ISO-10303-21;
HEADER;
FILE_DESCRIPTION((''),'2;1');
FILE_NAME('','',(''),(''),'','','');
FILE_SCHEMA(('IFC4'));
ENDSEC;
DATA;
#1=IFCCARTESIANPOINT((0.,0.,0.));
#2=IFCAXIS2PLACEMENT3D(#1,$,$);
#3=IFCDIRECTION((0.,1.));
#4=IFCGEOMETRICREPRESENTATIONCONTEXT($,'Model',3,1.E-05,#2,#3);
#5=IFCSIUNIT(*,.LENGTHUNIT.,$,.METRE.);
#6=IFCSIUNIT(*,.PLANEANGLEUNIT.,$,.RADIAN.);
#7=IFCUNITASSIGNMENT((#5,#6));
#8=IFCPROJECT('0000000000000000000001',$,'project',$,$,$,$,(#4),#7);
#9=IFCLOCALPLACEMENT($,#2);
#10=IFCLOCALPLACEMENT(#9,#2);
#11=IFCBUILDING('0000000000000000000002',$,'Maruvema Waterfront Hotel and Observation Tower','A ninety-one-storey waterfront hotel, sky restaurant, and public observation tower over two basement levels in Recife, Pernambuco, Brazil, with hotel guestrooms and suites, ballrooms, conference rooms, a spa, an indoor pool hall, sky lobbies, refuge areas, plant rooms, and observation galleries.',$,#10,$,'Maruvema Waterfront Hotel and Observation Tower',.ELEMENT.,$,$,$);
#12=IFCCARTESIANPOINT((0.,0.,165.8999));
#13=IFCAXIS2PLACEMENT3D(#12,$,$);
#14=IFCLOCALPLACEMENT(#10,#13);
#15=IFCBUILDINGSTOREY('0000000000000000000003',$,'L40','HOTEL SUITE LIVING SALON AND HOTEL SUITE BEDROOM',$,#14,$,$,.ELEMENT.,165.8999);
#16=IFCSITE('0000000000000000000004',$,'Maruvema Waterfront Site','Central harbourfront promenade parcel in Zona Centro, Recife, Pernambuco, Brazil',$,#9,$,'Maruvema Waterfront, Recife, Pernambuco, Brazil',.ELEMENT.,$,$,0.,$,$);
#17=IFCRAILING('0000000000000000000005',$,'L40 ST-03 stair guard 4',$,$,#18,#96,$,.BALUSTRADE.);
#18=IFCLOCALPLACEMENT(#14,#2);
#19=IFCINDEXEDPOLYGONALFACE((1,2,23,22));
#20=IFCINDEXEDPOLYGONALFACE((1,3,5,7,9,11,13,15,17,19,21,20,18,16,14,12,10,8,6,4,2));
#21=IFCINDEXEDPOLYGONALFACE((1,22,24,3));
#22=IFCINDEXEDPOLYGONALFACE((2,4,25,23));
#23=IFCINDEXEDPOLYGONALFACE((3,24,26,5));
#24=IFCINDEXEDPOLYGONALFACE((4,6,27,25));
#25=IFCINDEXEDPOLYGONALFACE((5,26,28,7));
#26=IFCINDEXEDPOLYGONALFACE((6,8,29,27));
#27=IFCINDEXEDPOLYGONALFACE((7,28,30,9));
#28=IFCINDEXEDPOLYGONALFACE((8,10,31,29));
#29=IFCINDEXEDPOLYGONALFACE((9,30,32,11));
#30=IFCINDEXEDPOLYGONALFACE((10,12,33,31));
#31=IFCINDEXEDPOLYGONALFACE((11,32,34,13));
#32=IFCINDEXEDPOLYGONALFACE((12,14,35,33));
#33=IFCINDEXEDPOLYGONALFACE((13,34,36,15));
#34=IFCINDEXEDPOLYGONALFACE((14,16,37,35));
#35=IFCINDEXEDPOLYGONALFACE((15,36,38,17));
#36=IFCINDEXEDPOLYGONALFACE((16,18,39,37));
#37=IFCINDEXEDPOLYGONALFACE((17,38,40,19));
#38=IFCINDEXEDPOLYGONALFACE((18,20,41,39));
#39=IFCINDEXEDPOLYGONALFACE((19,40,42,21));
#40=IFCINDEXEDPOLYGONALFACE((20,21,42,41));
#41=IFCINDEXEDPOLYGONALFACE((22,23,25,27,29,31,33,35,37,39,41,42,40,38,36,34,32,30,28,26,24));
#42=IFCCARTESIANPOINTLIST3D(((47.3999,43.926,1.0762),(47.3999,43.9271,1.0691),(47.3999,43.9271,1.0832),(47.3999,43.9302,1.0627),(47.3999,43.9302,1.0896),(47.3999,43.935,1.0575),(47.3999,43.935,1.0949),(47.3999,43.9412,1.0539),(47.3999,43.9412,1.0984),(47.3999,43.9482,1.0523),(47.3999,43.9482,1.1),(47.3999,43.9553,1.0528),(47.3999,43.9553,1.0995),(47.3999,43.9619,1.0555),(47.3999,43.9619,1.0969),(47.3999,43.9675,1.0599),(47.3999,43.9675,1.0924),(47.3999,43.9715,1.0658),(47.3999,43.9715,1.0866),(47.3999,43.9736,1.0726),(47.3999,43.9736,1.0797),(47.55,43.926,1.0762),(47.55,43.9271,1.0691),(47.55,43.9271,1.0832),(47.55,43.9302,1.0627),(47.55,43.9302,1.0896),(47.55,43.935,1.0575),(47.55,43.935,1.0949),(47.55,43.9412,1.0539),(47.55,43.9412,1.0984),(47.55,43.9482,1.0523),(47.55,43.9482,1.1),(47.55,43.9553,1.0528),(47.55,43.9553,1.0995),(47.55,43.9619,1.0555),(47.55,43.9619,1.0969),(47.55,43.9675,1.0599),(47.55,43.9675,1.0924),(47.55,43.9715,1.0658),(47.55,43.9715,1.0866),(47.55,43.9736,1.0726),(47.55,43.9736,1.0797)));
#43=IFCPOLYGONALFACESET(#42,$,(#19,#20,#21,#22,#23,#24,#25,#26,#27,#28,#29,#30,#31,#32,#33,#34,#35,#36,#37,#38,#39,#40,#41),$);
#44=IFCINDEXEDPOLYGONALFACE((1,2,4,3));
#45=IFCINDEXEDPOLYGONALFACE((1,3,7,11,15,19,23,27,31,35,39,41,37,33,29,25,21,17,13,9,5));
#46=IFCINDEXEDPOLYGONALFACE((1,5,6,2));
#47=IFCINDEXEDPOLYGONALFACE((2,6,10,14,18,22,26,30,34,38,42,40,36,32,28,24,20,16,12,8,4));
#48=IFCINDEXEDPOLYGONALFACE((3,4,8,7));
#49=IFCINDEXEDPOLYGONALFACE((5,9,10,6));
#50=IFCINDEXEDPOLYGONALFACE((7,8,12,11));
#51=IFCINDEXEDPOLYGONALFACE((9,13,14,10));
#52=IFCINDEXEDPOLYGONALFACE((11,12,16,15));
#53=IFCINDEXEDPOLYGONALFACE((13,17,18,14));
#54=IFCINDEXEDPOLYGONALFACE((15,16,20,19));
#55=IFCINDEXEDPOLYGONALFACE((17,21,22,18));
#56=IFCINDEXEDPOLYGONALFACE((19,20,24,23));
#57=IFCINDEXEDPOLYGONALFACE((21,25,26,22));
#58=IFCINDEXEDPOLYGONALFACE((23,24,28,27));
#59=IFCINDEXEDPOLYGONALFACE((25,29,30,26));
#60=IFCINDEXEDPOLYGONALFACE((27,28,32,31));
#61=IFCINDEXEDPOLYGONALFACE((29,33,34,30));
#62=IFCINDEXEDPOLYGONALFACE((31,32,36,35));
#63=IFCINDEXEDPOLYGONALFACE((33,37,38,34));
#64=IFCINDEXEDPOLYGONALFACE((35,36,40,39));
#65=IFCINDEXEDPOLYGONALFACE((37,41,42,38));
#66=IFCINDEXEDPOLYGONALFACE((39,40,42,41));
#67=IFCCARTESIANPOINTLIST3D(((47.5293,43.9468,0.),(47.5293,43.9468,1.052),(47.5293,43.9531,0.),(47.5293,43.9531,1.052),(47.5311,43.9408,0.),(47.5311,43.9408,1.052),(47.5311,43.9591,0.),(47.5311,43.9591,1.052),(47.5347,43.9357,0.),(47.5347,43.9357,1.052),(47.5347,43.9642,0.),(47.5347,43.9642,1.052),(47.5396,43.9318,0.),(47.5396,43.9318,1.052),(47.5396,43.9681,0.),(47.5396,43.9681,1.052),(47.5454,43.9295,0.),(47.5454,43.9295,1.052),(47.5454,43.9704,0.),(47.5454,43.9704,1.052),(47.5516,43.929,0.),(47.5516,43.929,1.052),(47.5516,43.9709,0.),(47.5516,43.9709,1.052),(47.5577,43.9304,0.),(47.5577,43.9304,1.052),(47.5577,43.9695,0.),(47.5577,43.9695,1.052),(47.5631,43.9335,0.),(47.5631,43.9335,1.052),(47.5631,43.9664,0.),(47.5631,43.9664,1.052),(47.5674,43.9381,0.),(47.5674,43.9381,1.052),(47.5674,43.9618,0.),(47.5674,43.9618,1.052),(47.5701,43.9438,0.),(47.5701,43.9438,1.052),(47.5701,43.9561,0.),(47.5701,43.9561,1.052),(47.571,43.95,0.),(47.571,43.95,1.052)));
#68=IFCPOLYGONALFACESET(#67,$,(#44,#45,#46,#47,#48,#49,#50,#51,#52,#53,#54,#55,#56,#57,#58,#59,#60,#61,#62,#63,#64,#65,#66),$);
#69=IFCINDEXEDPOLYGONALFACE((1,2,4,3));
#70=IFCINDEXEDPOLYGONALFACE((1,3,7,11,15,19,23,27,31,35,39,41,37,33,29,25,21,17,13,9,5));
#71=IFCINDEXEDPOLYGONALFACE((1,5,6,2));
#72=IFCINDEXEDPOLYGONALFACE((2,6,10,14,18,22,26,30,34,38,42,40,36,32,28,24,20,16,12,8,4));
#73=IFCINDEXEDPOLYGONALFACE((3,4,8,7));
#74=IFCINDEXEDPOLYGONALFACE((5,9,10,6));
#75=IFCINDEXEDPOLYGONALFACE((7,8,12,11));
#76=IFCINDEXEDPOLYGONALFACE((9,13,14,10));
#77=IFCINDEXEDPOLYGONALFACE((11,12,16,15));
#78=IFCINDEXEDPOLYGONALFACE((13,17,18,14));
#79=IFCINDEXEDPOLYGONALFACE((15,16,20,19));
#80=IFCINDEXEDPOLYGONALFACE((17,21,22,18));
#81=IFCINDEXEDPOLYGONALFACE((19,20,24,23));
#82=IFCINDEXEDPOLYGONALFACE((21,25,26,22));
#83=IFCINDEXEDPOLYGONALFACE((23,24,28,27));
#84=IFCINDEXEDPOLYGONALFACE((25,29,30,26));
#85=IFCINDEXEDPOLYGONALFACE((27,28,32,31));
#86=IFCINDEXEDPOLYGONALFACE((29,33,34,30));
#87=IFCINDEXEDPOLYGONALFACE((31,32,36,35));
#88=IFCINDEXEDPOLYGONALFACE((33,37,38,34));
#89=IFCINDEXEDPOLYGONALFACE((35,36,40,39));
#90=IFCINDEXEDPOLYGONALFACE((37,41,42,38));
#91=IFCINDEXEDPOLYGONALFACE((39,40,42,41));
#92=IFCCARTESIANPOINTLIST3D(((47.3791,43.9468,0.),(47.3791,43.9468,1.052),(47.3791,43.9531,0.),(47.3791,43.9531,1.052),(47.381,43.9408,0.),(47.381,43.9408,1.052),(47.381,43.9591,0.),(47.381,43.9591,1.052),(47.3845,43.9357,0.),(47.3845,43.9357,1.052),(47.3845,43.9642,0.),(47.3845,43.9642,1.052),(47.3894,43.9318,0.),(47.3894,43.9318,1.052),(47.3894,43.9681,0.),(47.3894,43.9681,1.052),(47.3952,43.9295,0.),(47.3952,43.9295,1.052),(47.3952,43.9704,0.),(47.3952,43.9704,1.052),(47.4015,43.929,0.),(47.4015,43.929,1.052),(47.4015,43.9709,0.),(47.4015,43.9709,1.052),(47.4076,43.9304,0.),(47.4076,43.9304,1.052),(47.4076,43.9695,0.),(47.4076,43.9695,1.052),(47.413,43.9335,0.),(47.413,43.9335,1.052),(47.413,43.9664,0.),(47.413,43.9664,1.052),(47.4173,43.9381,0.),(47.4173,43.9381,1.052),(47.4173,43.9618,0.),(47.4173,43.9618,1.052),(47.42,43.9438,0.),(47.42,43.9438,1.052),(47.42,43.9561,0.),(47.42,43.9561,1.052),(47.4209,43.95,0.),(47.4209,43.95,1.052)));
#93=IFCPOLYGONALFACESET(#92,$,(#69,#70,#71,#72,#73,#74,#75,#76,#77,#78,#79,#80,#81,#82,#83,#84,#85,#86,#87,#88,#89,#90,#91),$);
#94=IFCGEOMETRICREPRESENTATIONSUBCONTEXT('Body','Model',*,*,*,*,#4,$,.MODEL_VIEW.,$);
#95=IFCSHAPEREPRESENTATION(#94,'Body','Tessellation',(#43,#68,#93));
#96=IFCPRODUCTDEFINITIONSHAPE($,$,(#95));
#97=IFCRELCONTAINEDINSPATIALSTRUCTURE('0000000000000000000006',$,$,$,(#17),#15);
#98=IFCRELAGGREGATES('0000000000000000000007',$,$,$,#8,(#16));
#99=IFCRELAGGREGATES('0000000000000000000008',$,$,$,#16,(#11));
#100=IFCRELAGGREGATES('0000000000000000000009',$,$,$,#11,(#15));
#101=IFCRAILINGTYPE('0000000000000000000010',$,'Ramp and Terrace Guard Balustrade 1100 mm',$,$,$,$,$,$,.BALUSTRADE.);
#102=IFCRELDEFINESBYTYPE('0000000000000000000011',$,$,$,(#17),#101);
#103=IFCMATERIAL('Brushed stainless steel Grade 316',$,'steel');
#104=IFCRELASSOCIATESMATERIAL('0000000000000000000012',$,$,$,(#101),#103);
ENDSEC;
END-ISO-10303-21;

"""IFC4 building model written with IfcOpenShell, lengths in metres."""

from ifc_helpers import new_model, si_unit, direction, frame, origin, origin_2d, place, context, subcontext, project, spatial, circle, extrude, material, type_object, element, save


model = new_model("IFC4")

# Units and contexts
model_context = context("Model", 3, precision=1e-05, world=origin(), true_north=direction((0.0, 1.0)))
body_context = subcontext(model_context, "Body", "Model", "MODEL_VIEW")
ifc_project = project(units=[si_unit("LENGTHUNIT", "METRE"), si_unit("PLANEANGLEUNIT", "RADIAN")], contexts=[model_context])

# Site, building, storey
site_placement = place(None, origin())
site = spatial("IfcSite", under=ifc_project, at=site_placement, Name="Maruvema Waterfront Site", Description="Central harbourfront promenade parcel in Zona Centro, Recife, Pernambuco, Brazil", LongName="Maruvema Waterfront, Recife, Pernambuco, Brazil", CompositionType="ELEMENT", RefElevation=0.0)
building_placement = place(site_placement, origin())
building = spatial("IfcBuilding", under=site, at=building_placement, Name="Maruvema Waterfront Hotel and Observation Tower", Description="A ninety-one-storey waterfront hotel, sky restaurant, and public observation tower over two basement levels in Recife, Pernambuco, Brazil, with hotel guestrooms and suites, ballrooms, conference rooms, a spa, an indoor pool hall, sky lobbies, refuge areas, plant rooms, and observation galleries.", LongName="Maruvema Waterfront Hotel and Observation Tower", CompositionType="ELEMENT")
storey_placement = place(building_placement, frame((0.0, 0.0, 165.8999)))
storey = spatial("IfcBuildingStorey", under=building, at=storey_placement, Name="L40", Description="HOTEL SUITE LIVING SALON AND HOTEL SUITE BEDROOM", CompositionType="ELEMENT", Elevation=165.8999)

# Railing
ifc_material_1 = material(Name="Brushed stainless steel Grade 316", Category="steel")
railing_type = type_object("IfcRailingType", Name="Ramp and Terrace Guard Balustrade 1100 mm", PredefinedType="BALUSTRADE", material=ifc_material_1)
railing_placement = place(storey_placement, frame((47.55, 43.95, 0.0)))
element("IfcRailing", 1, at=railing_placement, inside=storey, type_object=railing_type, Name="L40 ST-03 stair guard 4", PredefinedType="BALUSTRADE", context=body_context, shape_type="SweptSolid", body=[
    extrude(circle(Radius=0.0239, at=origin_2d()), frame((0.0, 0.0, 1.0762), z_axis=(-1.0, 0.0, 0.0), x_axis=(0.0, -1.0, 0.0)), (0.0, 0.0, 1.0), 0.1501),
    extrude(circle(Radius=0.021, at=origin_2d()), origin(), (0.0, 0.0, 1.0), 1.052),
    extrude(circle(Radius=0.021, at=origin_2d()), frame((-0.1501, 0.0, 0.0)), (0.0, 0.0, 1.0), 1.052),
])

save(model, "model.ifc")
